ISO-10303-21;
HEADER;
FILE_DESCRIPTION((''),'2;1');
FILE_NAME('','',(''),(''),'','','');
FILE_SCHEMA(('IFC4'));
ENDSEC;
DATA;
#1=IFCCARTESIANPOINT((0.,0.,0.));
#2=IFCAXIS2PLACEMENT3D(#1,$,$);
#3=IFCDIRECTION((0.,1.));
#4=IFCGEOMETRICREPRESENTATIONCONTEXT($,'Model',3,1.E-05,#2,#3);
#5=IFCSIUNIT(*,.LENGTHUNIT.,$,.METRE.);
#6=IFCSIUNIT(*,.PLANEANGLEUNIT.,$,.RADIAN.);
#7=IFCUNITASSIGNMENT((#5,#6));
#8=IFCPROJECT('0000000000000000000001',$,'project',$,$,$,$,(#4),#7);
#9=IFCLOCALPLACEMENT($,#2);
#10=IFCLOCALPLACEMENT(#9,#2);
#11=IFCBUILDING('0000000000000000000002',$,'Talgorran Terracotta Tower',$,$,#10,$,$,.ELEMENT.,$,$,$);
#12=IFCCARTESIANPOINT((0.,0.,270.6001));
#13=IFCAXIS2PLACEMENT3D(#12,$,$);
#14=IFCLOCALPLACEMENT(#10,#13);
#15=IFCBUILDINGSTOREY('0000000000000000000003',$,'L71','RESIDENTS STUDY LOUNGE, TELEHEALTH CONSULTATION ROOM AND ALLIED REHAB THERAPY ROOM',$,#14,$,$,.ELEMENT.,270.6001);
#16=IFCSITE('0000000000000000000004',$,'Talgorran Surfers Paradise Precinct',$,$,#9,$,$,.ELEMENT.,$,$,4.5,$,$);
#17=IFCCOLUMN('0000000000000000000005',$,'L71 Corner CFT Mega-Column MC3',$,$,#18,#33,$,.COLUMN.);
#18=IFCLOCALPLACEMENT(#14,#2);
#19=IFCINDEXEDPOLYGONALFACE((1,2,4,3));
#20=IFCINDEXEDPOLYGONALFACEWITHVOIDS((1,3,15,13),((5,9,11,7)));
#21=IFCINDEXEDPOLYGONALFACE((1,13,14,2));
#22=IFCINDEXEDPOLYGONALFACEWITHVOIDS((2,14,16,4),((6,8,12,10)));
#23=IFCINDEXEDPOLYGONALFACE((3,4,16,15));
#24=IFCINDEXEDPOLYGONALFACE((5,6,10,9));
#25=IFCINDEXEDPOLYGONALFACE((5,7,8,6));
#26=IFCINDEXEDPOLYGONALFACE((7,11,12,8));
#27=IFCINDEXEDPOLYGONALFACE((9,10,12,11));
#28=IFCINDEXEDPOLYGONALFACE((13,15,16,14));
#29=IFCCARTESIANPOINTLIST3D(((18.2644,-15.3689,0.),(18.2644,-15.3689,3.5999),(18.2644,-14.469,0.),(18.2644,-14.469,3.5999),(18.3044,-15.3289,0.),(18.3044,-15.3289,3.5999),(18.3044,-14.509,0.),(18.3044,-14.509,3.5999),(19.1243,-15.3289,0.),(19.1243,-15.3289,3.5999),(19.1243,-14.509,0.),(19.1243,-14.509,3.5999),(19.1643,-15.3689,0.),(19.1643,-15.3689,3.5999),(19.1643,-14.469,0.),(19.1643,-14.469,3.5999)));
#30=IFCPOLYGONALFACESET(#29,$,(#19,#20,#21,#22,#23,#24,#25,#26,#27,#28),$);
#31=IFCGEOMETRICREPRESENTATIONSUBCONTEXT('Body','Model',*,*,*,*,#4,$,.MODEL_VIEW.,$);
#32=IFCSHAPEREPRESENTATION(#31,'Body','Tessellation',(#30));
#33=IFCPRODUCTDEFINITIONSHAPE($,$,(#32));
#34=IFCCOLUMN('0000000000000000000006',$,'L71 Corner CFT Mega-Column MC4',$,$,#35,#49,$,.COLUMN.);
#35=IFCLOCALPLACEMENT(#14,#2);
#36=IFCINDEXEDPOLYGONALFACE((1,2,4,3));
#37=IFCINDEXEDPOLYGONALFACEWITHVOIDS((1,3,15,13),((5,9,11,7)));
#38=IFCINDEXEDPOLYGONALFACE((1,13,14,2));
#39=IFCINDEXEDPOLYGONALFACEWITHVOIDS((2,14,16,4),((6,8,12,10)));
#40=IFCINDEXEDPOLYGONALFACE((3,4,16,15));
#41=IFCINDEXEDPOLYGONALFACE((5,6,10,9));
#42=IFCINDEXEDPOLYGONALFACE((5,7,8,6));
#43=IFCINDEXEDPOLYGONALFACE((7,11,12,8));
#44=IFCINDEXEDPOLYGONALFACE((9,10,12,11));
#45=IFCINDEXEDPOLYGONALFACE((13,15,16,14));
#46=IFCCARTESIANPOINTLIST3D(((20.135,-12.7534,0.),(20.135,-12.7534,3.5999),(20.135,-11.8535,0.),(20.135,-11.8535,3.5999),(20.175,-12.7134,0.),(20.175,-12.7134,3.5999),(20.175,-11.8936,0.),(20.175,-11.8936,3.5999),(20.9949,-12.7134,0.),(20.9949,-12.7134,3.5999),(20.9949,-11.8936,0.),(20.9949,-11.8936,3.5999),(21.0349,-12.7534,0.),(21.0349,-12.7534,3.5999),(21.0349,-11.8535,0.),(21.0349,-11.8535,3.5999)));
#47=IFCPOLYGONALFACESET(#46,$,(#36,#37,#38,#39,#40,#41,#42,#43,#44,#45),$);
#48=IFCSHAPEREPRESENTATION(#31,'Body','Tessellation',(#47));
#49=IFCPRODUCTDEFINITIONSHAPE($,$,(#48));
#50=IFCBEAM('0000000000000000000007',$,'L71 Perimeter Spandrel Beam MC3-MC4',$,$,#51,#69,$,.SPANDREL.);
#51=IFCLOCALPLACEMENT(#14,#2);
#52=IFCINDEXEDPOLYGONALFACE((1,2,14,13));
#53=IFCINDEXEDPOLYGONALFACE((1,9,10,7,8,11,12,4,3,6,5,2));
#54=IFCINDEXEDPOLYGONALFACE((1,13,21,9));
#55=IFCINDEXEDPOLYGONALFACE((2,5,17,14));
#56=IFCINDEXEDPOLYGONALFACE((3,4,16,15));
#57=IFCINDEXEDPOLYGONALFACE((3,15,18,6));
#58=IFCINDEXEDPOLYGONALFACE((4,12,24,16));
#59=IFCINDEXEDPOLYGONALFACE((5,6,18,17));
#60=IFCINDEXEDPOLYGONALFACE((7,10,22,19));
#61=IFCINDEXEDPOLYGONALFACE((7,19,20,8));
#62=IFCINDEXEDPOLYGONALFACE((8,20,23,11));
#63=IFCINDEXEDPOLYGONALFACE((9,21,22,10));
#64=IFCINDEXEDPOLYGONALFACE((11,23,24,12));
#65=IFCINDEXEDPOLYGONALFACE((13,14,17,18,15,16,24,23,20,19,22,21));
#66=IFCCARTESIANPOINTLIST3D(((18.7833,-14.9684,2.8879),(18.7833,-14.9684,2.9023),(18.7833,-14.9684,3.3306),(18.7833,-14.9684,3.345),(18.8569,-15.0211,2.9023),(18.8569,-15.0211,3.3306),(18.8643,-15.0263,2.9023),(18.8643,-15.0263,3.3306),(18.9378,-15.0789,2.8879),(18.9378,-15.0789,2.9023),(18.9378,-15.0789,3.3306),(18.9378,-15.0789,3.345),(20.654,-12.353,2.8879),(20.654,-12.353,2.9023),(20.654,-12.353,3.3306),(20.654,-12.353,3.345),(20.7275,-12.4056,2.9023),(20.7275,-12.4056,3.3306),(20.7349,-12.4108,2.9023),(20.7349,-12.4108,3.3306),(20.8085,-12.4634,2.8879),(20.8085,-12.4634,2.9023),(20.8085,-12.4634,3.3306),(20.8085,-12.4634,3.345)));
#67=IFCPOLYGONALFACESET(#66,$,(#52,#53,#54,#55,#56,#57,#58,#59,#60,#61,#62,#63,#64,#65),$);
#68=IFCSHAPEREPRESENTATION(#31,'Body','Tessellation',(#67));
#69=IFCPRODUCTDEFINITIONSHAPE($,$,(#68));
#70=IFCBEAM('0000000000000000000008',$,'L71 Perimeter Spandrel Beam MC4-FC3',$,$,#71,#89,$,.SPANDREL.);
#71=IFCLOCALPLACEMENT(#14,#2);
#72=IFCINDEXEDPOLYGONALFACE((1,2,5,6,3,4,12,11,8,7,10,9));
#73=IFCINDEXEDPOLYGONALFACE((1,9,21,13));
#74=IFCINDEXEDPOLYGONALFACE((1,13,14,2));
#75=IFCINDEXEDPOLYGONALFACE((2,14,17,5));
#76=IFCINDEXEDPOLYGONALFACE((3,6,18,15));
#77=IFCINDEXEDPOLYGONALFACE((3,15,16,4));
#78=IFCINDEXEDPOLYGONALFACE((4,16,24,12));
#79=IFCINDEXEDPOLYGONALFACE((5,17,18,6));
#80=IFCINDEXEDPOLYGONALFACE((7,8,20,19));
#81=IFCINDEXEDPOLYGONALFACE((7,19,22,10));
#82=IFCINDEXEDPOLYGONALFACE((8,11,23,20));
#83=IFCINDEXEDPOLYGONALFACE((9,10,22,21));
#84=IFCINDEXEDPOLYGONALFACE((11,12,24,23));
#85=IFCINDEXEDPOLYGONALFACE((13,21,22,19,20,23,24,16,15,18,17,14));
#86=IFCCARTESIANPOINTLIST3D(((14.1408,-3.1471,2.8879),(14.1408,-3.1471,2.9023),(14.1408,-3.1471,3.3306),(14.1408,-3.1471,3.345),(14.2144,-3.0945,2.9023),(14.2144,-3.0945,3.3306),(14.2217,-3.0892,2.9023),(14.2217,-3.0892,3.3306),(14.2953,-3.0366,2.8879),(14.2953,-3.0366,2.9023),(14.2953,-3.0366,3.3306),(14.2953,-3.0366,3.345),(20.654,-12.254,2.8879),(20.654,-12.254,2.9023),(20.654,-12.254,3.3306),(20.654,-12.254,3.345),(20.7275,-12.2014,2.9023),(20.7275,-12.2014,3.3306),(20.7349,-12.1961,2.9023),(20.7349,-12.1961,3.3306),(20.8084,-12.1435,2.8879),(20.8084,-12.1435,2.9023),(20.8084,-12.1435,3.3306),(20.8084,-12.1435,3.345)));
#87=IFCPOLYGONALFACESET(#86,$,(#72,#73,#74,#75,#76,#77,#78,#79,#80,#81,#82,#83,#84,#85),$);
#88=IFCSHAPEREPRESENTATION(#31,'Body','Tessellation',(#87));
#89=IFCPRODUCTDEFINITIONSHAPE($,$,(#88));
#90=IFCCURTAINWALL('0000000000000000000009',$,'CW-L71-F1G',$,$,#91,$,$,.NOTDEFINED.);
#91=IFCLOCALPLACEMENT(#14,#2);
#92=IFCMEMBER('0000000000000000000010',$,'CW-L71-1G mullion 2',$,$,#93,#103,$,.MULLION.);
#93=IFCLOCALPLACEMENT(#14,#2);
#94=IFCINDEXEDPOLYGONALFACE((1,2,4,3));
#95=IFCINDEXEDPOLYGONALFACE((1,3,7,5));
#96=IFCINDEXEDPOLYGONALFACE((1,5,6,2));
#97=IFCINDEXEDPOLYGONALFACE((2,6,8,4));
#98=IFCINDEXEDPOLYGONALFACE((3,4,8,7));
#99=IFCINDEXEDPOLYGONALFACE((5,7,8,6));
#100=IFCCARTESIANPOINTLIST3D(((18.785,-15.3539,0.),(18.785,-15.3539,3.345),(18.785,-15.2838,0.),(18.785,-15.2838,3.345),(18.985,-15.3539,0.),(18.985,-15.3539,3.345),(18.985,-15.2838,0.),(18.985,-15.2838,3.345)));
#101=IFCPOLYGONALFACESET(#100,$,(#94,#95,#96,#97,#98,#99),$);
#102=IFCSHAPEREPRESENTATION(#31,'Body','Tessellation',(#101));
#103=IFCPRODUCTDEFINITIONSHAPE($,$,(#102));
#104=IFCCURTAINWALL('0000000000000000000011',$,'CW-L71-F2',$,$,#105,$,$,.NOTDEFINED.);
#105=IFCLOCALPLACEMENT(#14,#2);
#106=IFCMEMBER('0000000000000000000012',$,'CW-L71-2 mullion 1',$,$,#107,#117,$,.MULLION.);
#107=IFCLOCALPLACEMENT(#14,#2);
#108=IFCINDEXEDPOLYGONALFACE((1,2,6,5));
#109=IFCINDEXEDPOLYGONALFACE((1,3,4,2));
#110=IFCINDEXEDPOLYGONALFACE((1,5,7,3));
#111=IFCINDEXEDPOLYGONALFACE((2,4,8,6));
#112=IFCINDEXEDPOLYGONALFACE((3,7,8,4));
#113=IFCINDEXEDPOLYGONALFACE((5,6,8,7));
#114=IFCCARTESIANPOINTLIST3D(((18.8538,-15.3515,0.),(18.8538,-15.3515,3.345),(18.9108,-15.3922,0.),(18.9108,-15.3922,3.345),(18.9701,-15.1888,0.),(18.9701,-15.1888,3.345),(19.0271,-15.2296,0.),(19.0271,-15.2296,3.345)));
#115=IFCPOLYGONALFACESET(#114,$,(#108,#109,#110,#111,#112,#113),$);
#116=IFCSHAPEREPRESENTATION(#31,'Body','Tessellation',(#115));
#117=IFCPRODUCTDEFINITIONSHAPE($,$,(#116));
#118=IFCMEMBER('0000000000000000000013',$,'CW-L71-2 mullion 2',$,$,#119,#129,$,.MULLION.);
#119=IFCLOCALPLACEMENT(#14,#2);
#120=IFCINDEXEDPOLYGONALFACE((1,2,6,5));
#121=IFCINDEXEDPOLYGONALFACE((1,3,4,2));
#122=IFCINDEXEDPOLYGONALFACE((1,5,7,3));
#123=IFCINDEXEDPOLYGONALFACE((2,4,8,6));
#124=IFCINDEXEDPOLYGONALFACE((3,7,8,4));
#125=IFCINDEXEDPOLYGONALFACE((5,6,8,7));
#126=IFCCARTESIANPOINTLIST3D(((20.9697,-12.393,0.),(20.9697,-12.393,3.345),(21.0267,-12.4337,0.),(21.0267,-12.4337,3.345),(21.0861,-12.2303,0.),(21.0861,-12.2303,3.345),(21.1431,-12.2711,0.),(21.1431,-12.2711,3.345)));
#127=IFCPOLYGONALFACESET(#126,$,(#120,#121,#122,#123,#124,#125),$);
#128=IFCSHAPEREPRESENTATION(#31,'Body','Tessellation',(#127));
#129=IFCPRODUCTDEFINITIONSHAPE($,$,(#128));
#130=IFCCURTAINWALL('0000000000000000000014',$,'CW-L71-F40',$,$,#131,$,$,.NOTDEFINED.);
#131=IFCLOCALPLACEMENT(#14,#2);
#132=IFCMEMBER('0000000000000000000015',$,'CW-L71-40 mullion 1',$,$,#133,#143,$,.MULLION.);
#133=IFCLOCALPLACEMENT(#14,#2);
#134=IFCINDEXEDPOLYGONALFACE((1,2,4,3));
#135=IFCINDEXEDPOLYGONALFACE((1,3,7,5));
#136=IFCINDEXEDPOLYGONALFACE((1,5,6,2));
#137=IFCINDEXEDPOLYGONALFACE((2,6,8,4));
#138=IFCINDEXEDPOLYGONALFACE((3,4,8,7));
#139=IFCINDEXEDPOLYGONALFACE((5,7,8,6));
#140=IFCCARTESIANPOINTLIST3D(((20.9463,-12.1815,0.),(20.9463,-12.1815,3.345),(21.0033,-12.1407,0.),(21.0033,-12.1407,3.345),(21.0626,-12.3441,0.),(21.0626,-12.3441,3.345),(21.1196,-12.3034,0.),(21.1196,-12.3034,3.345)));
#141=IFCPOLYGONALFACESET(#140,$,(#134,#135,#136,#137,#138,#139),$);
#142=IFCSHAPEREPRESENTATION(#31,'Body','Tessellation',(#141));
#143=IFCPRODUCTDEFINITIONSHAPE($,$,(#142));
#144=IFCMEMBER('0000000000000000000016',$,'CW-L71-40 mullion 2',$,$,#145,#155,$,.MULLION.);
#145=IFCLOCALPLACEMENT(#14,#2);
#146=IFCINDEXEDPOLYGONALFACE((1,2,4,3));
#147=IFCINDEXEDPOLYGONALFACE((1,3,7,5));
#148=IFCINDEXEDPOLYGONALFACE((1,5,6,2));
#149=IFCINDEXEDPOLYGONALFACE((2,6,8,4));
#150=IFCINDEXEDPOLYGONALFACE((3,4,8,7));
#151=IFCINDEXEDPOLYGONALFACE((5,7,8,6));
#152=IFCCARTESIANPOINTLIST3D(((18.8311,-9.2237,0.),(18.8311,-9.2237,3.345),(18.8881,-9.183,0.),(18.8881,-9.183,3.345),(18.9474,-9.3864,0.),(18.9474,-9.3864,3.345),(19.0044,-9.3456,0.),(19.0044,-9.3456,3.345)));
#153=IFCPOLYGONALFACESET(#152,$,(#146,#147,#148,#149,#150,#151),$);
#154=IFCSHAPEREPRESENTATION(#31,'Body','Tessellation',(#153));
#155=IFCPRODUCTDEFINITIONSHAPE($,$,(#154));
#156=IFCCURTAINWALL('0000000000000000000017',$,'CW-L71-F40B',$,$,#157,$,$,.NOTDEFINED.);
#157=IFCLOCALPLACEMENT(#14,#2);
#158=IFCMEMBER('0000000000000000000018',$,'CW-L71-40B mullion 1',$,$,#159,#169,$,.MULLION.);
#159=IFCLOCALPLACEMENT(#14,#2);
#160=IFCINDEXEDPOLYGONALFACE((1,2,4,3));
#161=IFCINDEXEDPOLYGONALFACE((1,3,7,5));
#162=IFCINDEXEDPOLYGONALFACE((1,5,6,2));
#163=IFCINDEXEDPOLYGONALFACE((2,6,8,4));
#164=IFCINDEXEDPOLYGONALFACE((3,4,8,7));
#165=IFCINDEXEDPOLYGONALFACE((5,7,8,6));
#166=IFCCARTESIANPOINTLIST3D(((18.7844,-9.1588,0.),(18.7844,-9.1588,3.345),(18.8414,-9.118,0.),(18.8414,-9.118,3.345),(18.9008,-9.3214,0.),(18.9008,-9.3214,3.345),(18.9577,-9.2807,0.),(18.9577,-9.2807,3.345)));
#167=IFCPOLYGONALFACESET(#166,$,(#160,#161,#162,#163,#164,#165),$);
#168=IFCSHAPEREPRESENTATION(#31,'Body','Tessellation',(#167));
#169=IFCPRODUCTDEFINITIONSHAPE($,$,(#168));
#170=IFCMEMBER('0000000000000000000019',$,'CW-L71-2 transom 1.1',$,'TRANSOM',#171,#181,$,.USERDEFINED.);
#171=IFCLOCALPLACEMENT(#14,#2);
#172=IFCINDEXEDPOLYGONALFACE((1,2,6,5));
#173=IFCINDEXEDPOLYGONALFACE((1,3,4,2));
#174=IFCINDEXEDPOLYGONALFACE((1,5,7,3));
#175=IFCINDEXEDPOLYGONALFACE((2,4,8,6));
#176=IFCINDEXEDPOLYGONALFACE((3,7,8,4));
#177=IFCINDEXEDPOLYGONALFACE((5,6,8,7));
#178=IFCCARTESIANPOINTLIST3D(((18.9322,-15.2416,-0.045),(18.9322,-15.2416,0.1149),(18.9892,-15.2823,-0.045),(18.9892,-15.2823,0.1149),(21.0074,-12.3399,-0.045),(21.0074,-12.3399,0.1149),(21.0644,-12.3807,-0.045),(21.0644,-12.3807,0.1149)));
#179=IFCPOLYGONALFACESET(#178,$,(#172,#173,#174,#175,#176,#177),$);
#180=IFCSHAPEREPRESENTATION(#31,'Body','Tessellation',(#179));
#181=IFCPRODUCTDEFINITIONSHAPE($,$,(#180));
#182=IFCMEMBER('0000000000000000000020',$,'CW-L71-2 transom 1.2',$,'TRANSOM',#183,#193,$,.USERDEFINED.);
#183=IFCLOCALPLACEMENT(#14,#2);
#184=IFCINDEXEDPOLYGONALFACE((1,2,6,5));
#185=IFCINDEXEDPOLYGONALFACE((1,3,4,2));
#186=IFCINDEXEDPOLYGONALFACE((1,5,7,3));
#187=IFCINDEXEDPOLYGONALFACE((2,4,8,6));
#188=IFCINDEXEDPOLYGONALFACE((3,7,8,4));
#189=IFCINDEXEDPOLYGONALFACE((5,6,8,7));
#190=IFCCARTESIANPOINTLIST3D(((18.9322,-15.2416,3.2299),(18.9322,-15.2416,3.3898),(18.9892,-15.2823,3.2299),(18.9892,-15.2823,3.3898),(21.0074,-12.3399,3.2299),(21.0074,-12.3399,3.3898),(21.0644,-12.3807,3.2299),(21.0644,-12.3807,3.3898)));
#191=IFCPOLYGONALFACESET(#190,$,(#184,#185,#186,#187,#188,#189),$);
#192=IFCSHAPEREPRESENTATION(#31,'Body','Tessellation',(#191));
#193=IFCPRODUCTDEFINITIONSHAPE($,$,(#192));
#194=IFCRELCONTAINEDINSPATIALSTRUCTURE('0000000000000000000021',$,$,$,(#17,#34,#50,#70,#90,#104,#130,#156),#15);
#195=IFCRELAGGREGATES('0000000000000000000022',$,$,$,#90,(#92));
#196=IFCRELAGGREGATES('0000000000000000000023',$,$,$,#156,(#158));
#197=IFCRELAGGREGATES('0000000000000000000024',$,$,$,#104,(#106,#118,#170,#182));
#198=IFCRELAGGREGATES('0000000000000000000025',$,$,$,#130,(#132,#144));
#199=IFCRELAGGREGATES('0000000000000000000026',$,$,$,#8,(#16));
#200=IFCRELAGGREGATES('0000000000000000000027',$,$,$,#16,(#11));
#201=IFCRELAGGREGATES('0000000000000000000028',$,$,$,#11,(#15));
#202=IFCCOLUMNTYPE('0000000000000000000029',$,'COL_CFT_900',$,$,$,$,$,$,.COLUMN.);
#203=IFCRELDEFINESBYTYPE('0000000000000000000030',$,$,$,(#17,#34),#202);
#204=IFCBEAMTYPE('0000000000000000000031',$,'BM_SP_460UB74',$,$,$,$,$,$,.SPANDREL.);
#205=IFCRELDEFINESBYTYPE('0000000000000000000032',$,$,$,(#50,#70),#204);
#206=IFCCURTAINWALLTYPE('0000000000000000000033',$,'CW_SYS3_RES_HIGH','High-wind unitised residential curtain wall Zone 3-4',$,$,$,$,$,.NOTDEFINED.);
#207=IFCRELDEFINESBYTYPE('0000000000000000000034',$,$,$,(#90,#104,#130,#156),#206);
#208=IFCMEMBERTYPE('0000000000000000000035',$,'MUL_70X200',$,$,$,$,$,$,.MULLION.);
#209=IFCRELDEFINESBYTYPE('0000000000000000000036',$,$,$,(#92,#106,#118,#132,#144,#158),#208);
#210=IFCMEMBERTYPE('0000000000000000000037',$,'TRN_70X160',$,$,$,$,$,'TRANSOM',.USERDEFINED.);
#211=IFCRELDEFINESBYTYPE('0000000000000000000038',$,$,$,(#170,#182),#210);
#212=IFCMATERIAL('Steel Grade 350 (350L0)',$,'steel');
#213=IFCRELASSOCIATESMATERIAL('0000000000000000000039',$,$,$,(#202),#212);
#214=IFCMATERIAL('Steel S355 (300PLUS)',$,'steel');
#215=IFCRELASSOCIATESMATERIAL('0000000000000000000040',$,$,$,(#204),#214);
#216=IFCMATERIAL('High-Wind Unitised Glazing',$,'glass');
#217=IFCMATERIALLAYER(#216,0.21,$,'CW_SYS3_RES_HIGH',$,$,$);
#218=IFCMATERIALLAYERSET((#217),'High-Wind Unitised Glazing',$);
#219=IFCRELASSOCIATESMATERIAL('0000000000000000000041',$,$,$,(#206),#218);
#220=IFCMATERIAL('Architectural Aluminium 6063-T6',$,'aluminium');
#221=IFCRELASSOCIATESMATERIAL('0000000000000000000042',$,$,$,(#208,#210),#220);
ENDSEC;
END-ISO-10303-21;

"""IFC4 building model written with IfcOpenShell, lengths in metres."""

from ifc_helpers import new_model, si_unit, direction, frame, origin, origin_2d, place, context, subcontext, project, spatial, rectangle, hollow_rectangle, i_section, extrude, material, layer, layer_set, material_profile, profile_set, type_object, element, aggregate, save


model = new_model("IFC4")

# Units and contexts
model_context = context("Model", 3, precision=1e-05, world=origin(), true_north=direction((0.0, 1.0)))
body_context = subcontext(model_context, "Body", "Model", "MODEL_VIEW")
ifc_project = project(units=[si_unit("LENGTHUNIT", "METRE"), si_unit("PLANEANGLEUNIT", "RADIAN")], contexts=[model_context])

# Site, building, storey
site_placement = place(None, origin())
site = spatial("IfcSite", under=ifc_project, at=site_placement, Name="Talgorran Surfers Paradise Precinct", CompositionType="ELEMENT", RefElevation=4.5)
building_placement = place(site_placement, origin())
building = spatial("IfcBuilding", under=site, at=building_placement, Name="Talgorran Terracotta Tower", CompositionType="ELEMENT")
storey_placement = place(building_placement, frame((0.0, 0.0, 270.6001)))
storey = spatial("IfcBuildingStorey", under=building, at=storey_placement, Name="L71", Description="RESIDENTS STUDY LOUNGE, TELEHEALTH CONSULTATION ROOM AND ALLIED REHAB THERAPY ROOM", CompositionType="ELEMENT", Elevation=270.6001)

# Columns
ifc_material_1 = material(Name="Steel Grade 350 (350L0)", Category="steel")
ifc_material_profile_1 = material_profile(ifc_material_1, hollow_rectangle(XDim=0.8999, YDim=0.8999, WallThickness=0.04, at=origin_2d()), Name="CFT900X900X40")
ifc_profile_set_1 = profile_set([ifc_material_profile_1], Name="Steel Grade 350 (350L0)")
column_type = type_object("IfcColumnType", Name="COL_CFT_900", PredefinedType="COLUMN", material=ifc_profile_set_1)
for number, where, z_axis, x_axis, name in (
    (1, (18.7144, -14.9189, 0.0), (0.0, 0.0, 1.0), (1.0, 0.0, 0.0), "L71 Corner CFT Mega-Column MC3"),
    (2, (20.585, -12.3035, 0.0), (0.0, 0.0, 1.0), (1.0, 0.0, 0.0), "L71 Corner CFT Mega-Column MC4"),
):
    element("IfcColumn", number, at=place(storey_placement, frame(where, z_axis=z_axis, x_axis=x_axis)), inside=storey, type_object=column_type, Name=name, PredefinedType="COLUMN", context=body_context, shape_type="SweptSolid", body=[
        extrude(hollow_rectangle(XDim=0.8999, YDim=0.8999, WallThickness=0.04, at=origin_2d()), origin(), (0.0, 0.0, 1.0), 3.5999),
    ])

# Beams
ifc_material_2 = material(Name="Steel S355 (300PLUS)", Category="steel")
ifc_material_profile_2 = material_profile(ifc_material_2, i_section(OverallWidth=0.1899, OverallDepth=0.457, WebThickness=0.009, FlangeThickness=0.0144, at=origin_2d()), Name="460UB74.6")
ifc_profile_set_2 = profile_set([ifc_material_profile_2], Name="Steel S355 (300PLUS)")
beam_type = type_object("IfcBeamType", Name="BM_SP_460UB74", PredefinedType="SPANDREL", material=ifc_profile_set_2)
beam_1_placement = place(storey_placement, frame((18.8606, -15.0237, 3.1165), z_axis=(0.581734, 0.813379, 0.0), x_axis=(-0.813379, 0.581734, 0.0)))
element("IfcBeam", 3, at=beam_1_placement, inside=storey, type_object=beam_type, Name="L71 Perimeter Spandrel Beam MC3-MC4", PredefinedType="SPANDREL", context=body_context, shape_type="SweptSolid", body=[
    extrude(i_section(OverallWidth=0.1899, OverallDepth=0.457, WebThickness=0.009, FlangeThickness=0.0144, at=origin_2d()), origin(), (0.0, 0.0, 1.0), 3.2156),
])
beam_2_placement = place(storey_placement, frame((20.7312, -12.1987, 3.1165), z_axis=(-0.581725, 0.813386, 0.0), x_axis=(-0.813386, -0.581725, 0.0)))
element("IfcBeam", 4, at=beam_2_placement, inside=storey, type_object=beam_type, Name="L71 Perimeter Spandrel Beam MC4-FC3", PredefinedType="SPANDREL", context=body_context, shape_type="SweptSolid", body=[
    extrude(i_section(OverallWidth=0.1899, OverallDepth=0.457, WebThickness=0.009, FlangeThickness=0.0144, at=origin_2d()), origin(), (0.0, 0.0, 1.0), 11.1963),
])

# Curtain wall, member
ifc_material_3 = material(Name="High-Wind Unitised Glazing", Category="glass")
ifc_layer_1 = layer(ifc_material_3, 0.21, Name="CW_SYS3_RES_HIGH")
ifc_layer_set_1 = layer_set([ifc_layer_1], Name="High-Wind Unitised Glazing")
curtain_wall_type = type_object("IfcCurtainWallType", Name="CW_SYS3_RES_HIGH", Description="High-wind unitised residential curtain wall Zone 3-4", PredefinedType="NOTDEFINED", material=ifc_layer_set_1)
curtain_wall_1_placement = place(storey_placement, origin())
curtain_wall_1 = element("IfcCurtainWall", 5, at=curtain_wall_1_placement, inside=storey, type_object=curtain_wall_type, Name="CW-L71-F1G", PredefinedType="NOTDEFINED")
ifc_material_4 = material(Name="Architectural Aluminium 6063-T6", Category="aluminium")
ifc_material_profile_3 = material_profile(ifc_material_4, rectangle(XDim=0.0701, YDim=0.2, at=origin_2d()), Name="CWM70X200")
ifc_profile_set_3 = profile_set([ifc_material_profile_3], Name="Architectural Aluminium 6063-T6")
member_type_1 = type_object("IfcMemberType", Name="MUL_70X200", PredefinedType="MULLION", material=ifc_profile_set_3)
member_1_placement = place(storey_placement, frame((18.885, -15.3188, 0.0), z_axis=(0.0, 0.0, 1.0), x_axis=(0.0, 1.0, 0.0)))
member_1 = element("IfcMember", 6, at=member_1_placement, type_object=member_type_1, Name="CW-L71-1G mullion 2", PredefinedType="MULLION", context=body_context, shape_type="SweptSolid", body=[
    extrude(rectangle(XDim=0.0701, YDim=0.2, at=origin_2d()), origin(), (0.0, 0.0, 1.0), 3.345),
])
aggregate(curtain_wall_1, [member_1])

# Curtain walls, members
curtain_wall_2_placement = place(storey_placement, origin())
curtain_wall_2 = element("IfcCurtainWall", 7, at=curtain_wall_2_placement, inside=storey, type_object=curtain_wall_type, Name="CW-L71-F2", PredefinedType="NOTDEFINED")
member_2_placement = place(storey_placement, frame((18.9404, -15.2905, 0.0), z_axis=(0.0, 0.0, 1.0), x_axis=(-0.813371, 0.581746, 0.0)))
member_2 = element("IfcMember", 8, at=member_2_placement, type_object=member_type_1, Name="CW-L71-2 mullion 1", PredefinedType="MULLION", context=body_context, shape_type="SweptSolid", body=[
    extrude(rectangle(XDim=0.0701, YDim=0.2, at=origin_2d()), origin(), (0.0, 0.0, 1.0), 3.345),
])
member_3_placement = place(storey_placement, frame((21.0564, -12.332, 0.0), z_axis=(0.0, 0.0, 1.0), x_axis=(-0.813371, 0.581746, 0.0)))
member_3 = element("IfcMember", 9, at=member_3_placement, type_object=member_type_1, Name="CW-L71-2 mullion 2", PredefinedType="MULLION", context=body_context, shape_type="SweptSolid", body=[
    extrude(rectangle(XDim=0.0701, YDim=0.2, at=origin_2d()), origin(), (0.0, 0.0, 1.0), 3.345),
])
curtain_wall_3_placement = place(storey_placement, origin())
curtain_wall_3 = element("IfcCurtainWall", 10, at=curtain_wall_3_placement, inside=storey, type_object=curtain_wall_type, Name="CW-L71-F40", PredefinedType="NOTDEFINED")
member_4_placement = place(storey_placement, frame((21.033, -12.2424, 0.0), z_axis=(0.0, 0.0, 1.0), x_axis=(-0.813383, -0.581728, 0.0)))
member_4 = element("IfcMember", 11, at=member_4_placement, type_object=member_type_1, Name="CW-L71-40 mullion 1", PredefinedType="MULLION", context=body_context, shape_type="SweptSolid", body=[
    extrude(rectangle(XDim=0.0701, YDim=0.2, at=origin_2d()), origin(), (0.0, 0.0, 1.0), 3.345),
])
member_5_placement = place(storey_placement, frame((18.9177, -9.2847, 0.0), z_axis=(0.0, 0.0, 1.0), x_axis=(-0.813383, -0.581728, 0.0)))
member_5 = element("IfcMember", 12, at=member_5_placement, type_object=member_type_1, Name="CW-L71-40 mullion 2", PredefinedType="MULLION", context=body_context, shape_type="SweptSolid", body=[
    extrude(rectangle(XDim=0.0701, YDim=0.2, at=origin_2d()), origin(), (0.0, 0.0, 1.0), 3.345),
])

# Curtain wall, member
curtain_wall_4_placement = place(storey_placement, origin())
curtain_wall_4 = element("IfcCurtainWall", 13, at=curtain_wall_4_placement, inside=storey, type_object=curtain_wall_type, Name="CW-L71-F40B", PredefinedType="NOTDEFINED")
member_6_placement = place(storey_placement, frame((18.8711, -9.2197, 0.0), z_axis=(0.0, 0.0, 1.0), x_axis=(-0.813388, -0.581722, 0.0)))
member_6 = element("IfcMember", 14, at=member_6_placement, type_object=member_type_1, Name="CW-L71-40B mullion 1", PredefinedType="MULLION", context=body_context, shape_type="SweptSolid", body=[
    extrude(rectangle(XDim=0.0701, YDim=0.2, at=origin_2d()), origin(), (0.0, 0.0, 1.0), 3.345),
])

# Members
ifc_material_profile_4 = material_profile(ifc_material_4, rectangle(XDim=0.0701, YDim=0.1599, at=origin_2d()), Name="CWT70X160")
ifc_profile_set_4 = profile_set([ifc_material_profile_4], Name="Architectural Aluminium 6063-T6")
member_type_2 = type_object("IfcMemberType", Name="TRN_70X160", ElementType="TRANSOM", PredefinedType="USERDEFINED", material=ifc_profile_set_4)
member_7_placement = place(storey_placement, frame((18.9607, -15.262, 0.0349), z_axis=(0.581724, 0.813387, 0.0), x_axis=(-0.813387, 0.581724, 0.0)))
member_7 = element("IfcMember", 15, at=member_7_placement, type_object=member_type_2, Name="CW-L71-2 transom 1.1", ObjectType="TRANSOM", PredefinedType="USERDEFINED", context=body_context, shape_type="SweptSolid", body=[
    extrude(rectangle(XDim=0.0701, YDim=0.1599, at=origin_2d()), origin(), (0.0, 0.0, 1.0), 3.5674),
])
member_8_placement = place(storey_placement, frame((18.9607, -15.262, 3.3098), z_axis=(0.581724, 0.813387, 0.0), x_axis=(-0.813387, 0.581724, 0.0)))
member_8 = element("IfcMember", 16, at=member_8_placement, type_object=member_type_2, Name="CW-L71-2 transom 1.2", ObjectType="TRANSOM", PredefinedType="USERDEFINED", context=body_context, shape_type="SweptSolid", body=[
    extrude(rectangle(XDim=0.0701, YDim=0.1599, at=origin_2d()), origin(), (0.0, 0.0, 1.0), 3.5674),
])
aggregate(curtain_wall_4, [member_6])

aggregate(curtain_wall_2, [member_2, member_3, member_7, member_8])
aggregate(curtain_wall_3, [member_4, member_5])

save(model, "model.ifc")
